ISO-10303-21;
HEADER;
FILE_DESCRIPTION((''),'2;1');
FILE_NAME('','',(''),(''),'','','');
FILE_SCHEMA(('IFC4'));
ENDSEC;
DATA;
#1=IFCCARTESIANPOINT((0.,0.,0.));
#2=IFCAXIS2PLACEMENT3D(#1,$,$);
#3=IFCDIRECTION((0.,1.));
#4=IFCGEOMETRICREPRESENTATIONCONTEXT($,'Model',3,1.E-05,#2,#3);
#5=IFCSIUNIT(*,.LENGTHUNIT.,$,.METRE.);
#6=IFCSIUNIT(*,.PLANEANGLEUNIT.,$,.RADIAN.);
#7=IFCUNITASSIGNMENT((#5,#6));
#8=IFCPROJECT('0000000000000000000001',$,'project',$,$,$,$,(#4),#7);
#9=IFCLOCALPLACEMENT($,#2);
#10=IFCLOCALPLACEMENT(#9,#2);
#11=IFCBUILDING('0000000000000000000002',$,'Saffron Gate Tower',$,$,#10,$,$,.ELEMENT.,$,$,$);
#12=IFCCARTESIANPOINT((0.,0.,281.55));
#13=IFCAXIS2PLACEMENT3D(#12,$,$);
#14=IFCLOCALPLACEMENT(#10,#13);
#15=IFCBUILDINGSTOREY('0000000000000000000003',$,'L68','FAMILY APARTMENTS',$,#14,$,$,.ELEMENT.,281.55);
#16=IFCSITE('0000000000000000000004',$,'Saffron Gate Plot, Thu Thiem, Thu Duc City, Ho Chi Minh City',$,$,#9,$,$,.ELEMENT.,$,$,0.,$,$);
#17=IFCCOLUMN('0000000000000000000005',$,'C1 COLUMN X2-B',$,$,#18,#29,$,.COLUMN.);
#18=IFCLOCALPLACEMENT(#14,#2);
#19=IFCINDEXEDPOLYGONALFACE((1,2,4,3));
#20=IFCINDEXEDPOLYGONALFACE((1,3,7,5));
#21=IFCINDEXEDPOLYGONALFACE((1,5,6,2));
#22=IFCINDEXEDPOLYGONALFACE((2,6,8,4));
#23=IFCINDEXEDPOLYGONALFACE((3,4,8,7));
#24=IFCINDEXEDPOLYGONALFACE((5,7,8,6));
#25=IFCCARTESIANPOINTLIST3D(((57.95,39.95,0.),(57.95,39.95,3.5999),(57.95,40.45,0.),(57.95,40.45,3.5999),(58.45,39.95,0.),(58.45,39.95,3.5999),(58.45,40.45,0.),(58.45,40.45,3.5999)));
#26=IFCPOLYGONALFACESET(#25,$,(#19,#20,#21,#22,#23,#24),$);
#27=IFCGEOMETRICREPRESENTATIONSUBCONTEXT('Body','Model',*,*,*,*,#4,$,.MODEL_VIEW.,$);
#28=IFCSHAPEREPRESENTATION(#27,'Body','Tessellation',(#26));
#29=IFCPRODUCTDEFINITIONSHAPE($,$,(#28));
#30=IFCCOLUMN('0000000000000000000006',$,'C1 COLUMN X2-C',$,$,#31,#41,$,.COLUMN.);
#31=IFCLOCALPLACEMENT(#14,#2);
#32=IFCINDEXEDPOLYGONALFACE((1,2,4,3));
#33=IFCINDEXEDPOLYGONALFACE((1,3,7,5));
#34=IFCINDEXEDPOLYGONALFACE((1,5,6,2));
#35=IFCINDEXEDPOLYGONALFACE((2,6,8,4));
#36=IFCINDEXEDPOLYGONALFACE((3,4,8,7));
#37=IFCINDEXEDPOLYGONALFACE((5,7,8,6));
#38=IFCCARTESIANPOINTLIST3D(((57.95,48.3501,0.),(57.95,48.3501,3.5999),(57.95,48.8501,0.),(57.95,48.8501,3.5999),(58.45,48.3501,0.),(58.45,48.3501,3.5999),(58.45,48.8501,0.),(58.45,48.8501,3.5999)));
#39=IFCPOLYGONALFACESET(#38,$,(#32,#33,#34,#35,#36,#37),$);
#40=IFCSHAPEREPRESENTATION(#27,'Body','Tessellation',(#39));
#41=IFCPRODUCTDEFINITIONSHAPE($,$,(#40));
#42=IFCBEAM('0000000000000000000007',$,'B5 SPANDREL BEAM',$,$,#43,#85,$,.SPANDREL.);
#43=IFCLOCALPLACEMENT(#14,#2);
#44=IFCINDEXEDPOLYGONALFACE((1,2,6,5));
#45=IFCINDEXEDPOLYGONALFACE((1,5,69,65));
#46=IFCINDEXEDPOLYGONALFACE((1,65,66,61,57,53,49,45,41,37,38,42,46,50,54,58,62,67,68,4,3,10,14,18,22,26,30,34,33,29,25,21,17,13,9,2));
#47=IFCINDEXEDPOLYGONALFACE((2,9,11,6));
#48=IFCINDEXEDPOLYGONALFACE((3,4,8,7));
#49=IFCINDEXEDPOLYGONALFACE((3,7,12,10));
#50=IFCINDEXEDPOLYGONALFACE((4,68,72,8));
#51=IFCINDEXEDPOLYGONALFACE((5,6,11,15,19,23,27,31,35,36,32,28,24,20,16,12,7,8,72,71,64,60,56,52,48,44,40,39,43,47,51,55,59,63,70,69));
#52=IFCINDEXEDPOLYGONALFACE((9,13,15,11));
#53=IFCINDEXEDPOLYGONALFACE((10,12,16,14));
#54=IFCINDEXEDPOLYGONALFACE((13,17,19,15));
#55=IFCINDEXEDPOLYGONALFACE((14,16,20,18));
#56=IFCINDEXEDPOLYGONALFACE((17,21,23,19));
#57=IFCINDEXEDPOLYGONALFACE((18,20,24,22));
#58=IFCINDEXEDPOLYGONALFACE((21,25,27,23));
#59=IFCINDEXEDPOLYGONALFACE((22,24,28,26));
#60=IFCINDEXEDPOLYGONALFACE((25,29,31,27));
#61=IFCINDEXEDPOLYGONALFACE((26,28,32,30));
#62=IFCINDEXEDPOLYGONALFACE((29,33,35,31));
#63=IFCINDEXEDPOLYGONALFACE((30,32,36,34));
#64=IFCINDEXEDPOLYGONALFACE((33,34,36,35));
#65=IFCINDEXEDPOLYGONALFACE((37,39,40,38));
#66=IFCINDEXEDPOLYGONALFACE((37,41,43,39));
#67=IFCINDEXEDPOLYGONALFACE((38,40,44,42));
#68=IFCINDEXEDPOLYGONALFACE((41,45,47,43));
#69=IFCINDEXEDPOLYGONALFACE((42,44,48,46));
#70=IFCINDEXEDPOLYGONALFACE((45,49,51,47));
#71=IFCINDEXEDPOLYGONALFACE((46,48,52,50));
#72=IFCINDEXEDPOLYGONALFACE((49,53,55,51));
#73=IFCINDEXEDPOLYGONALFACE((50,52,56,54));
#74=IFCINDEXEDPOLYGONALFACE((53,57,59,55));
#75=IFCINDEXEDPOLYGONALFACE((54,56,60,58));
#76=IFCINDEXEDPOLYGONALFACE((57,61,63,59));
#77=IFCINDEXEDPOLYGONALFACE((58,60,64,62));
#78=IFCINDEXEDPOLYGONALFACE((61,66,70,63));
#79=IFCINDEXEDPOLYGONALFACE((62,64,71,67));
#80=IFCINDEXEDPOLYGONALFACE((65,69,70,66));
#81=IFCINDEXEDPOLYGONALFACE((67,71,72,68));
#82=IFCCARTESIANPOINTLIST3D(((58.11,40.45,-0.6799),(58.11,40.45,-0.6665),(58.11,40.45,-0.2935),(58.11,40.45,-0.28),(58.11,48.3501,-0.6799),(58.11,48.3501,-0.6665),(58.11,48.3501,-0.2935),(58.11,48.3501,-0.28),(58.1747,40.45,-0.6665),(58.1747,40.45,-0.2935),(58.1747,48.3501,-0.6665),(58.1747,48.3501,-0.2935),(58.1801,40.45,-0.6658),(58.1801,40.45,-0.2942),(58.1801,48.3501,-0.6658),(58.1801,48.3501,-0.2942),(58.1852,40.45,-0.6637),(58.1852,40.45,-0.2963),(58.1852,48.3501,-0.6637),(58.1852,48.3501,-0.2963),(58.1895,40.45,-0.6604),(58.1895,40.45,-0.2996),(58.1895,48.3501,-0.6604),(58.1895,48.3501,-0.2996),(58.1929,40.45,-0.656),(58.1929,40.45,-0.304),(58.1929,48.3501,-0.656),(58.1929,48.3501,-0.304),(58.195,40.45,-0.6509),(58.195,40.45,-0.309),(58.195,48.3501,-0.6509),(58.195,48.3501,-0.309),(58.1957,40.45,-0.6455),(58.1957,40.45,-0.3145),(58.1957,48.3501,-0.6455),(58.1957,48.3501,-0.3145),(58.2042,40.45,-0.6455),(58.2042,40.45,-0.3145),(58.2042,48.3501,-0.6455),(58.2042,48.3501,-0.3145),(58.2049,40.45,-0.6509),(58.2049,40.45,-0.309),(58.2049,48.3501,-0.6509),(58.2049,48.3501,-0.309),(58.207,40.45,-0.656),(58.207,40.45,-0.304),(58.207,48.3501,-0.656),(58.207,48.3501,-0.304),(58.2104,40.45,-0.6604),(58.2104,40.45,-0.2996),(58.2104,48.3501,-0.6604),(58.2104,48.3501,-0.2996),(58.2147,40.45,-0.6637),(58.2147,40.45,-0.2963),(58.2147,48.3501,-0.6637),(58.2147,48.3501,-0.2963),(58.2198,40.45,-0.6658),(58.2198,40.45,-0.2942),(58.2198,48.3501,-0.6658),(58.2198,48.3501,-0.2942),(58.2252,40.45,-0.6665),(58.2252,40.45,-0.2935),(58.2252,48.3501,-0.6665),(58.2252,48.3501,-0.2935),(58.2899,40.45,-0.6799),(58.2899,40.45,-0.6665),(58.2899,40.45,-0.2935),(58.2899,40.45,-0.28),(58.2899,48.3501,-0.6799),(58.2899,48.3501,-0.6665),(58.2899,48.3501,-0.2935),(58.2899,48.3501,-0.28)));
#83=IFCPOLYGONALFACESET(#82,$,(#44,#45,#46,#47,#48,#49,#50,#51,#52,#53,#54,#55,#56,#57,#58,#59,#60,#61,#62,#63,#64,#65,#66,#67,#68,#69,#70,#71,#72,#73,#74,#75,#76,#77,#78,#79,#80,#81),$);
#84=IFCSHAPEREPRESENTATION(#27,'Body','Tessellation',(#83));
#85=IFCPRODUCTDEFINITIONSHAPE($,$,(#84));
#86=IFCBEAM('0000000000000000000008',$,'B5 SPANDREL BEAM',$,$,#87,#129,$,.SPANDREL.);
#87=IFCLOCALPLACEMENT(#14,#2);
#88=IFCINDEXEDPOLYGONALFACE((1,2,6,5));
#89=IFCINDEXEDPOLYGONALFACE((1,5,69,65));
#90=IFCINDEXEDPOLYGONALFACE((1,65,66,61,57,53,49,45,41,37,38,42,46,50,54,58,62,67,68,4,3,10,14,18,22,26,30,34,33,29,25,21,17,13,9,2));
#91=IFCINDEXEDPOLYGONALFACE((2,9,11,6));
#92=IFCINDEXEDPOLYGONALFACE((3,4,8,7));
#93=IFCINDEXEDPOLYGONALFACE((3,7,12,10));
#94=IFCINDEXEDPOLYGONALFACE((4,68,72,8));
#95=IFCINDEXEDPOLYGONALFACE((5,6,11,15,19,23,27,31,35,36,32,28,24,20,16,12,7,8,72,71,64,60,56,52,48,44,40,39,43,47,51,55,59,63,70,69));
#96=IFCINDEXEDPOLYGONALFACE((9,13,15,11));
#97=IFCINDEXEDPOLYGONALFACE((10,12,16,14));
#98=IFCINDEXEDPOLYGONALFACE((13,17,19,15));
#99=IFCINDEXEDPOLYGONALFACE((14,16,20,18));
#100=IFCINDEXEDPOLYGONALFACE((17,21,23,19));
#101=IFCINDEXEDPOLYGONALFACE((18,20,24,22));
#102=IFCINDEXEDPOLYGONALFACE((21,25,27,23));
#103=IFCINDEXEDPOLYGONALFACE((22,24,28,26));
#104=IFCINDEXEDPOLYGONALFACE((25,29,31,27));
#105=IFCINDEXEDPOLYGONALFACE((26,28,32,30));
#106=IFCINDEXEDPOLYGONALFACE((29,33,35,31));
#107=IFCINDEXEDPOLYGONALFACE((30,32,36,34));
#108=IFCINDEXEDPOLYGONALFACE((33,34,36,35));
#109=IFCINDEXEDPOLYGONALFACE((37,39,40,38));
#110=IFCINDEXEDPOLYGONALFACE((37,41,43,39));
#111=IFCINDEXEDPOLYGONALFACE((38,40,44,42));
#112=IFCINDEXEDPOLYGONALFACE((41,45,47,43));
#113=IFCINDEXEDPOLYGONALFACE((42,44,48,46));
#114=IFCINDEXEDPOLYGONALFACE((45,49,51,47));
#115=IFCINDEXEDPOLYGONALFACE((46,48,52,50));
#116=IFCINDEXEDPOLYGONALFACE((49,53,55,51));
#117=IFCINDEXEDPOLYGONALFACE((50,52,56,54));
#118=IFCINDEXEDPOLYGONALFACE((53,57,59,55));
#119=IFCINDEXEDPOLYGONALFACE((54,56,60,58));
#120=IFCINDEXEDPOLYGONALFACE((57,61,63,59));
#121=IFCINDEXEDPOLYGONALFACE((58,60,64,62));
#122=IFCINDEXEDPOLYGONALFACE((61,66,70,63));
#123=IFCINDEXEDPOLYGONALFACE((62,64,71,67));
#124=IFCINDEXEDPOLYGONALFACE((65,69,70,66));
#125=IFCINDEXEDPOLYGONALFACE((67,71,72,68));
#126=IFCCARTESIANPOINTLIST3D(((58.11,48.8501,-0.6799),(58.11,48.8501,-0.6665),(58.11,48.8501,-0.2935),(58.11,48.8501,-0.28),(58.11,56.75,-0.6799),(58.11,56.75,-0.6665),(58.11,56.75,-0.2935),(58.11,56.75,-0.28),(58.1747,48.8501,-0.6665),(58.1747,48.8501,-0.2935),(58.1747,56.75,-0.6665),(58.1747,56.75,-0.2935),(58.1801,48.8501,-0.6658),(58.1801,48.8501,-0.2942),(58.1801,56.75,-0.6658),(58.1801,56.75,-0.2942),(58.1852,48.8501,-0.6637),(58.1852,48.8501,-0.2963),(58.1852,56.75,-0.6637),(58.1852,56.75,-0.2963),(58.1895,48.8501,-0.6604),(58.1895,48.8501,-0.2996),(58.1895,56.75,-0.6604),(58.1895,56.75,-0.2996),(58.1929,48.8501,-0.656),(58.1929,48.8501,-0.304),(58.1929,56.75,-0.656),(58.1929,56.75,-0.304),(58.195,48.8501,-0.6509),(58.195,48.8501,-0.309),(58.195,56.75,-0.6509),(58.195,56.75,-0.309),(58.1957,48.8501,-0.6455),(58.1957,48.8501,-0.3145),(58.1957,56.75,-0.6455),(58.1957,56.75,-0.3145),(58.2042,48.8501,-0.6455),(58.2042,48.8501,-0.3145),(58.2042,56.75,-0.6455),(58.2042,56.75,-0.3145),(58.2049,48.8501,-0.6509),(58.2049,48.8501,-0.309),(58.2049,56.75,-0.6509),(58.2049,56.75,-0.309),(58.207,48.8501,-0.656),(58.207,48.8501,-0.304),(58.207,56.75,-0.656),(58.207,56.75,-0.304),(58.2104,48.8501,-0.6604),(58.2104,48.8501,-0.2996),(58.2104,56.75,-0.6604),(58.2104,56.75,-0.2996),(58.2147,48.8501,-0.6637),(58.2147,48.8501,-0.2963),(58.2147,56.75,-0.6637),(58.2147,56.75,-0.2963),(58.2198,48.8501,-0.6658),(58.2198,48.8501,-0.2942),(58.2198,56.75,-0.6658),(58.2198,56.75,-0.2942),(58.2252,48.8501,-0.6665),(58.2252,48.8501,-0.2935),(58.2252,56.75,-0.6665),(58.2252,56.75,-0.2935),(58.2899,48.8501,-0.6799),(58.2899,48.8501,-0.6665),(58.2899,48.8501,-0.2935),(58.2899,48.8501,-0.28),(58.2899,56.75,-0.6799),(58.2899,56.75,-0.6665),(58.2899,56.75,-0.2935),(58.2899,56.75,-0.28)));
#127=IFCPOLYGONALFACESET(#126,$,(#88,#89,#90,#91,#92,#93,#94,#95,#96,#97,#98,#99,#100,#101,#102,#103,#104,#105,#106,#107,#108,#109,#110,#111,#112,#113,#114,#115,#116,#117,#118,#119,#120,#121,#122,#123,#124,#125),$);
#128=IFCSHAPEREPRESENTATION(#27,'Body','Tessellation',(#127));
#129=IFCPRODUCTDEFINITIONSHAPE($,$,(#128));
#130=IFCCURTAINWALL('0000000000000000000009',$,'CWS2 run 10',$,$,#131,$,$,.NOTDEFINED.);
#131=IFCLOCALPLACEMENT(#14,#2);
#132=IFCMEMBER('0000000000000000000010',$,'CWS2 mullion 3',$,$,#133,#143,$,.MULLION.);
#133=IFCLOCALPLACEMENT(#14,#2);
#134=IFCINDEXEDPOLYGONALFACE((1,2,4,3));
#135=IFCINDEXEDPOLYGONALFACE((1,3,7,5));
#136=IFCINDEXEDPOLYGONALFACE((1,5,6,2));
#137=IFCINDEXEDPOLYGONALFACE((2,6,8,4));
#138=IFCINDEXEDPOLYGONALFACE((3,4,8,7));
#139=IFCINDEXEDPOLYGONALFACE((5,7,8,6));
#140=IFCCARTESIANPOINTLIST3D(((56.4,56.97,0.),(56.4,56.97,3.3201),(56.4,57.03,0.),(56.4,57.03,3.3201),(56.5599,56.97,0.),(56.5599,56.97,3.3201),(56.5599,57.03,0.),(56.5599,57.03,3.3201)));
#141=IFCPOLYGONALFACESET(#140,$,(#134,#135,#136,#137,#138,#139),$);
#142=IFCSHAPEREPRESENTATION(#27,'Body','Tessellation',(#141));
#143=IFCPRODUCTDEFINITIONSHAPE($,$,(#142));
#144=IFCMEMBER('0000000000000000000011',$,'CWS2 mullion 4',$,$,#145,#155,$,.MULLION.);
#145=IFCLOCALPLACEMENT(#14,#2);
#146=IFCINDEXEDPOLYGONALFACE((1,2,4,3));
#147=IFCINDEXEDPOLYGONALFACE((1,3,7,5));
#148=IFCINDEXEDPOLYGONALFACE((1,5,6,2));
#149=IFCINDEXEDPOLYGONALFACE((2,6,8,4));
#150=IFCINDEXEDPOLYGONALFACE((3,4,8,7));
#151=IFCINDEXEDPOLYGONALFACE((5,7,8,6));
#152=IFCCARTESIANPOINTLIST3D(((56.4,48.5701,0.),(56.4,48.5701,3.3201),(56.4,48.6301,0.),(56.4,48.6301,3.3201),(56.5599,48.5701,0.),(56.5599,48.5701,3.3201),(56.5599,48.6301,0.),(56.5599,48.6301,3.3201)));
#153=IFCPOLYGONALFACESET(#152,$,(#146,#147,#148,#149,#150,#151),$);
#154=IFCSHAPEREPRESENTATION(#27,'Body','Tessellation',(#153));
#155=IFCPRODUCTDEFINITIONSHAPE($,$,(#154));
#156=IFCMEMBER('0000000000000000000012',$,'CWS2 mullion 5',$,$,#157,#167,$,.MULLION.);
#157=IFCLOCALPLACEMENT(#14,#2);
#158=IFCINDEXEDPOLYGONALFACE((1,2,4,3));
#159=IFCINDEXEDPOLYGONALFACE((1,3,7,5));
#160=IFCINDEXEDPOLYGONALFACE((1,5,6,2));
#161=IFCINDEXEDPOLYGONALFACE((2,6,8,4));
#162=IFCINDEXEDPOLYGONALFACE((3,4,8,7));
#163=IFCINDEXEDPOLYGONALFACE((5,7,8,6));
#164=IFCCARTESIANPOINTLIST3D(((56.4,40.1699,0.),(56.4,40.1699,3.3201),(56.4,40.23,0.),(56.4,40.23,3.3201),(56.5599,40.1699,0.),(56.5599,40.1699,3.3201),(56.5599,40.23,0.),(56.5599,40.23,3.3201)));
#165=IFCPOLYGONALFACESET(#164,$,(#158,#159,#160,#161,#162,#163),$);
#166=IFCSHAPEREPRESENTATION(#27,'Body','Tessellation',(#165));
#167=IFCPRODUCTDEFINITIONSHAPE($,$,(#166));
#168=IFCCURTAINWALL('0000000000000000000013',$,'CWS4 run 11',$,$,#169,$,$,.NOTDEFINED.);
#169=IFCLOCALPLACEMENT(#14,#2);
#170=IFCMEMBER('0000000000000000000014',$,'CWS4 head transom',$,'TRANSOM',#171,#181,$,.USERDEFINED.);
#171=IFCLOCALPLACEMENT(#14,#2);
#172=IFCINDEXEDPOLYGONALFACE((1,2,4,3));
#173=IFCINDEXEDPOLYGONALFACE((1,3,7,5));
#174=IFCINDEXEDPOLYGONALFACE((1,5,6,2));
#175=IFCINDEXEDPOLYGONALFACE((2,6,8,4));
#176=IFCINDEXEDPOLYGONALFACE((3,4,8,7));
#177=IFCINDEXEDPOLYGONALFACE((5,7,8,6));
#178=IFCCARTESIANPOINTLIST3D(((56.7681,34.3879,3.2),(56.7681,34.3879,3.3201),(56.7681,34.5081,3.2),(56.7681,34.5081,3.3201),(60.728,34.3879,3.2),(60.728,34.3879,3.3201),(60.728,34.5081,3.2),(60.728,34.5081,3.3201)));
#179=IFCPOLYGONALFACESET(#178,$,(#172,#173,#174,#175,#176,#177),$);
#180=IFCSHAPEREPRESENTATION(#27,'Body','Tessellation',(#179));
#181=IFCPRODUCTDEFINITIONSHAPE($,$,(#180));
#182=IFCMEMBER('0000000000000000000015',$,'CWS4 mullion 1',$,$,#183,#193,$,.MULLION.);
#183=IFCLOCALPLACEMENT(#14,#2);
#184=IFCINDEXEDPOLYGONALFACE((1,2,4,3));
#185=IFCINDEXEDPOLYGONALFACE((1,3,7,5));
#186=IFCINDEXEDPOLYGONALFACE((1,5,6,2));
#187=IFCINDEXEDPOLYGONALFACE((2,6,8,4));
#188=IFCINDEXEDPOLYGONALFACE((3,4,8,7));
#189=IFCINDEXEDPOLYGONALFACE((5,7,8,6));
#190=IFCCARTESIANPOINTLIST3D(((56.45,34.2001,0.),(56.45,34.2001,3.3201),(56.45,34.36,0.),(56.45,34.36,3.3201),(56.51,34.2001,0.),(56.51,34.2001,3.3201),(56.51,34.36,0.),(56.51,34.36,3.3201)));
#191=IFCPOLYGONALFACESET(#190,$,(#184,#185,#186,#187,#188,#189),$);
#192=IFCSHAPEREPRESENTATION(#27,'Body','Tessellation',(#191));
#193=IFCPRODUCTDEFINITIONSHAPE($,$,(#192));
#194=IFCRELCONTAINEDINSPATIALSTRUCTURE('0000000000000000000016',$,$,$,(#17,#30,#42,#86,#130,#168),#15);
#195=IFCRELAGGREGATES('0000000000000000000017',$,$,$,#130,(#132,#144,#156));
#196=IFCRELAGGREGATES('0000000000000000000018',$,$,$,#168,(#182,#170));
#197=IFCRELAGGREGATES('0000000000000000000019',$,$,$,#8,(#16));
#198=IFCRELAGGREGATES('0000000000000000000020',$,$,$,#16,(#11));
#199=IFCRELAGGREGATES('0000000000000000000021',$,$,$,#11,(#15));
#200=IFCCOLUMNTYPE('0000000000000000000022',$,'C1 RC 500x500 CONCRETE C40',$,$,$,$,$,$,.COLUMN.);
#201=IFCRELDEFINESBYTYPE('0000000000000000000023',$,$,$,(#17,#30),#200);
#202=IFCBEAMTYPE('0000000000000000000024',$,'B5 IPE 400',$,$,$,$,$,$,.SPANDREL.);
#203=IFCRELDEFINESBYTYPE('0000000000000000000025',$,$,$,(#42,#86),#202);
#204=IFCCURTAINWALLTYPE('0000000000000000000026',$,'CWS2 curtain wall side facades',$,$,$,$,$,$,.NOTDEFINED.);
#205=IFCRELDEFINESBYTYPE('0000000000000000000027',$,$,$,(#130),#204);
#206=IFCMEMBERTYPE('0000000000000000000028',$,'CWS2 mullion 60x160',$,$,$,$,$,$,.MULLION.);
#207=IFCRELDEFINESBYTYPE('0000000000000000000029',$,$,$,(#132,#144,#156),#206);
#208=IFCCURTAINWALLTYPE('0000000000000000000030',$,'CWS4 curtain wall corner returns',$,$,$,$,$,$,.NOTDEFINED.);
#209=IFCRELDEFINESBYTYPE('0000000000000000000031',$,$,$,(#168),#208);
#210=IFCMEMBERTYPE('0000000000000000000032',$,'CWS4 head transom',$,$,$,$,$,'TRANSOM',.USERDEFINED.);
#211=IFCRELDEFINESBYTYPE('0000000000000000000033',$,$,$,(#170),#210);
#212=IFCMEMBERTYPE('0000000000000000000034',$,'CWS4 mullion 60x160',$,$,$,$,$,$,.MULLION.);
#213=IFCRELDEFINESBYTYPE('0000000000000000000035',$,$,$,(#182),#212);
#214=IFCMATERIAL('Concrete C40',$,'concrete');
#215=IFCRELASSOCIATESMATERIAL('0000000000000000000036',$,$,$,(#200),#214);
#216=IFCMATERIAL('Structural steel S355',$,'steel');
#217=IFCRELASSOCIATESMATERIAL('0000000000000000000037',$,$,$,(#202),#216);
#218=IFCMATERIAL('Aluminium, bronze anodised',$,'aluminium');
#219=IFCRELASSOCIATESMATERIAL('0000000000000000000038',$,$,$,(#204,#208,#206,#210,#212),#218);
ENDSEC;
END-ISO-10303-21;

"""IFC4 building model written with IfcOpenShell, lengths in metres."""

from ifc_helpers import new_model, si_unit, direction, frame, origin, origin_2d, place, context, subcontext, project, spatial, rectangle, i_section, extrude, material, material_profile, profile_set, type_object, element, aggregate, save


model = new_model("IFC4")

# Units and contexts
model_context = context("Model", 3, precision=1e-05, world=origin(), true_north=direction((0.0, 1.0)))
body_context = subcontext(model_context, "Body", "Model", "MODEL_VIEW")
ifc_project = project(units=[si_unit("LENGTHUNIT", "METRE"), si_unit("PLANEANGLEUNIT", "RADIAN")], contexts=[model_context])

# Site, building, storey
site_placement = place(None, origin())
site = spatial("IfcSite", under=ifc_project, at=site_placement, Name="Saffron Gate Plot, Thu Thiem, Thu Duc City, Ho Chi Minh City", CompositionType="ELEMENT", RefElevation=0.0)
building_placement = place(site_placement, origin())
building = spatial("IfcBuilding", under=site, at=building_placement, Name="Saffron Gate Tower", CompositionType="ELEMENT")
storey_placement = place(building_placement, frame((0.0, 0.0, 281.55)))
storey = spatial("IfcBuildingStorey", under=building, at=storey_placement, Name="L68", Description="FAMILY APARTMENTS", CompositionType="ELEMENT", Elevation=281.55)

# Columns
ifc_material_1 = material(Name="Concrete C40", Category="concrete")
ifc_material_profile_1 = material_profile(ifc_material_1, rectangle(XDim=0.5, YDim=0.5, at=origin_2d()))
ifc_profile_set_1 = profile_set([ifc_material_profile_1], Name="Concrete C40")
column_type = type_object("IfcColumnType", Name="C1 RC 500x500 CONCRETE C40", PredefinedType="COLUMN", material=ifc_profile_set_1)
for number, where, z_axis, x_axis, name in (
    (1, (58.2, 40.2, 0.0), (0.0, 0.0, 1.0), (1.0, 0.0, 0.0), "C1 COLUMN X2-B"),
    (2, (58.2, 48.6001, 0.0), (0.0, 0.0, 1.0), (1.0, 0.0, 0.0), "C1 COLUMN X2-C"),
):
    element("IfcColumn", number, at=place(storey_placement, frame(where, z_axis=z_axis, x_axis=x_axis)), inside=storey, type_object=column_type, Name=name, PredefinedType="COLUMN", context=body_context, shape_type="SweptSolid", body=[
        extrude(rectangle(XDim=0.5, YDim=0.5, at=origin_2d()), origin(), (0.0, 0.0, 1.0), 3.5999),
    ])

# Beams
ifc_material_2 = material(Name="Structural steel S355", Category="steel")
ifc_material_profile_2 = material_profile(ifc_material_2, i_section(OverallWidth=0.1799, OverallDepth=0.3999, WebThickness=0.0085, FlangeThickness=0.0134, FilletRadius=0.021, at=origin_2d()))
ifc_profile_set_2 = profile_set([ifc_material_profile_2], Name="Structural steel S355")
beam_type = type_object("IfcBeamType", Name="B5 IPE 400", PredefinedType="SPANDREL", material=ifc_profile_set_2)
beam_1_placement = place(storey_placement, frame((58.2, 40.45, -0.48), z_axis=(0.0, 1.0, 0.0), x_axis=(-1.0, 0.0, 0.0)))
element("IfcBeam", 3, at=beam_1_placement, inside=storey, type_object=beam_type, Name="B5 SPANDREL BEAM", PredefinedType="SPANDREL", context=body_context, shape_type="SweptSolid", body=[
    extrude(i_section(OverallWidth=0.1799, OverallDepth=0.3999, WebThickness=0.0085, FlangeThickness=0.0134, FilletRadius=0.021, at=origin_2d()), origin(), (0.0, 0.0, 1.0), 7.9001),
])
beam_2_placement = place(storey_placement, frame((58.2, 48.8501, -0.48), z_axis=(0.0, 1.0, 0.0), x_axis=(-1.0, 0.0, 0.0)))
element("IfcBeam", 4, at=beam_2_placement, inside=storey, type_object=beam_type, Name="B5 SPANDREL BEAM", PredefinedType="SPANDREL", context=body_context, shape_type="SweptSolid", body=[
    extrude(i_section(OverallWidth=0.1799, OverallDepth=0.3999, WebThickness=0.0085, FlangeThickness=0.0134, FilletRadius=0.021, at=origin_2d()), origin(), (0.0, 0.0, 1.0), 7.8999),
])

# Curtain walls, members
ifc_material_3 = material(Name="Aluminium, bronze anodised", Category="aluminium")
curtain_wall_type_1 = type_object("IfcCurtainWallType", Name="CWS2 curtain wall side facades", PredefinedType="NOTDEFINED", material=ifc_material_3)
curtain_wall_1_placement = place(storey_placement, origin())
curtain_wall_1 = element("IfcCurtainWall", 5, at=curtain_wall_1_placement, inside=storey, type_object=curtain_wall_type_1, Name="CWS2 run 10", PredefinedType="NOTDEFINED")
ifc_material_profile_3 = material_profile(ifc_material_3, rectangle(XDim=0.1599, YDim=0.0601, at=origin_2d()))
ifc_profile_set_3 = profile_set([ifc_material_profile_3], Name="Aluminium, bronze anodised")
member_type_1 = type_object("IfcMemberType", Name="CWS2 mullion 60x160", PredefinedType="MULLION", material=ifc_profile_set_3)
member_1_placement = place(storey_placement, frame((56.48, 57.0, 0.0), z_axis=(0.0, 0.0, 1.0), x_axis=(1.0, 0.0, 0.0)))
member_1 = element("IfcMember", 6, at=member_1_placement, type_object=member_type_1, Name="CWS2 mullion 3", PredefinedType="MULLION", context=body_context, shape_type="SweptSolid", body=[
    extrude(rectangle(XDim=0.1599, YDim=0.0601, at=origin_2d()), origin(), (0.0, 0.0, 1.0), 3.3201),
])
member_2_placement = place(storey_placement, frame((56.48, 48.6001, 0.0), z_axis=(0.0, 0.0, 1.0), x_axis=(1.0, 0.0, 0.0)))
member_2 = element("IfcMember", 7, at=member_2_placement, type_object=member_type_1, Name="CWS2 mullion 4", PredefinedType="MULLION", context=body_context, shape_type="SweptSolid", body=[
    extrude(rectangle(XDim=0.1599, YDim=0.0601, at=origin_2d()), origin(), (0.0, 0.0, 1.0), 3.3201),
])
member_3_placement = place(storey_placement, frame((56.48, 40.2, 0.0), z_axis=(0.0, 0.0, 1.0), x_axis=(1.0, 0.0, 0.0)))
member_3 = element("IfcMember", 8, at=member_3_placement, type_object=member_type_1, Name="CWS2 mullion 5", PredefinedType="MULLION", context=body_context, shape_type="SweptSolid", body=[
    extrude(rectangle(XDim=0.1599, YDim=0.0601, at=origin_2d()), origin(), (0.0, 0.0, 1.0), 3.3201),
])
aggregate(curtain_wall_1, [member_1, member_2, member_3])
curtain_wall_type_2 = type_object("IfcCurtainWallType", Name="CWS4 curtain wall corner returns", PredefinedType="NOTDEFINED", material=ifc_material_3)
curtain_wall_2_placement = place(storey_placement, origin())
curtain_wall_2 = element("IfcCurtainWall", 9, at=curtain_wall_2_placement, inside=storey, type_object=curtain_wall_type_2, Name="CWS4 run 11", PredefinedType="NOTDEFINED")
ifc_material_profile_4 = material_profile(ifc_material_3, rectangle(XDim=0.1201, YDim=0.1201, at=origin_2d()))
ifc_profile_set_4 = profile_set([ifc_material_profile_4], Name="Aluminium, bronze anodised")
member_type_2 = type_object("IfcMemberType", Name="CWS4 head transom", ElementType="TRANSOM", PredefinedType="USERDEFINED", material=ifc_profile_set_4)
member_4_placement = place(storey_placement, frame((56.7681, 34.448, 3.26), z_axis=(1.0, 0.0, 0.0), x_axis=(0.0, 1.0, 0.0)))
member_4 = element("IfcMember", 10, at=member_4_placement, type_object=member_type_2, Name="CWS4 head transom", ObjectType="TRANSOM", PredefinedType="USERDEFINED", context=body_context, shape_type="SweptSolid", body=[
    extrude(rectangle(XDim=0.1201, YDim=0.1201, at=origin_2d()), origin(), (0.0, 0.0, 1.0), 3.96),
])
ifc_material_profile_5 = material_profile(ifc_material_3, rectangle(XDim=0.1599, YDim=0.0601, at=origin_2d()))
ifc_profile_set_5 = profile_set([ifc_material_profile_5], Name="Aluminium, bronze anodised")
member_type_3 = type_object("IfcMemberType", Name="CWS4 mullion 60x160", PredefinedType="MULLION", material=ifc_profile_set_5)
member_5_placement = place(storey_placement, frame((56.48, 34.28, 0.0), z_axis=(0.0, 0.0, 1.0), x_axis=(0.0, 1.0, 0.0)))
member_5 = element("IfcMember", 11, at=member_5_placement, type_object=member_type_3, Name="CWS4 mullion 1", PredefinedType="MULLION", context=body_context, shape_type="SweptSolid", body=[
    extrude(rectangle(XDim=0.1599, YDim=0.0601, at=origin_2d()), origin(), (0.0, 0.0, 1.0), 3.3201),
])

aggregate(curtain_wall_2, [member_5, member_4])

save(model, "model.ifc")
